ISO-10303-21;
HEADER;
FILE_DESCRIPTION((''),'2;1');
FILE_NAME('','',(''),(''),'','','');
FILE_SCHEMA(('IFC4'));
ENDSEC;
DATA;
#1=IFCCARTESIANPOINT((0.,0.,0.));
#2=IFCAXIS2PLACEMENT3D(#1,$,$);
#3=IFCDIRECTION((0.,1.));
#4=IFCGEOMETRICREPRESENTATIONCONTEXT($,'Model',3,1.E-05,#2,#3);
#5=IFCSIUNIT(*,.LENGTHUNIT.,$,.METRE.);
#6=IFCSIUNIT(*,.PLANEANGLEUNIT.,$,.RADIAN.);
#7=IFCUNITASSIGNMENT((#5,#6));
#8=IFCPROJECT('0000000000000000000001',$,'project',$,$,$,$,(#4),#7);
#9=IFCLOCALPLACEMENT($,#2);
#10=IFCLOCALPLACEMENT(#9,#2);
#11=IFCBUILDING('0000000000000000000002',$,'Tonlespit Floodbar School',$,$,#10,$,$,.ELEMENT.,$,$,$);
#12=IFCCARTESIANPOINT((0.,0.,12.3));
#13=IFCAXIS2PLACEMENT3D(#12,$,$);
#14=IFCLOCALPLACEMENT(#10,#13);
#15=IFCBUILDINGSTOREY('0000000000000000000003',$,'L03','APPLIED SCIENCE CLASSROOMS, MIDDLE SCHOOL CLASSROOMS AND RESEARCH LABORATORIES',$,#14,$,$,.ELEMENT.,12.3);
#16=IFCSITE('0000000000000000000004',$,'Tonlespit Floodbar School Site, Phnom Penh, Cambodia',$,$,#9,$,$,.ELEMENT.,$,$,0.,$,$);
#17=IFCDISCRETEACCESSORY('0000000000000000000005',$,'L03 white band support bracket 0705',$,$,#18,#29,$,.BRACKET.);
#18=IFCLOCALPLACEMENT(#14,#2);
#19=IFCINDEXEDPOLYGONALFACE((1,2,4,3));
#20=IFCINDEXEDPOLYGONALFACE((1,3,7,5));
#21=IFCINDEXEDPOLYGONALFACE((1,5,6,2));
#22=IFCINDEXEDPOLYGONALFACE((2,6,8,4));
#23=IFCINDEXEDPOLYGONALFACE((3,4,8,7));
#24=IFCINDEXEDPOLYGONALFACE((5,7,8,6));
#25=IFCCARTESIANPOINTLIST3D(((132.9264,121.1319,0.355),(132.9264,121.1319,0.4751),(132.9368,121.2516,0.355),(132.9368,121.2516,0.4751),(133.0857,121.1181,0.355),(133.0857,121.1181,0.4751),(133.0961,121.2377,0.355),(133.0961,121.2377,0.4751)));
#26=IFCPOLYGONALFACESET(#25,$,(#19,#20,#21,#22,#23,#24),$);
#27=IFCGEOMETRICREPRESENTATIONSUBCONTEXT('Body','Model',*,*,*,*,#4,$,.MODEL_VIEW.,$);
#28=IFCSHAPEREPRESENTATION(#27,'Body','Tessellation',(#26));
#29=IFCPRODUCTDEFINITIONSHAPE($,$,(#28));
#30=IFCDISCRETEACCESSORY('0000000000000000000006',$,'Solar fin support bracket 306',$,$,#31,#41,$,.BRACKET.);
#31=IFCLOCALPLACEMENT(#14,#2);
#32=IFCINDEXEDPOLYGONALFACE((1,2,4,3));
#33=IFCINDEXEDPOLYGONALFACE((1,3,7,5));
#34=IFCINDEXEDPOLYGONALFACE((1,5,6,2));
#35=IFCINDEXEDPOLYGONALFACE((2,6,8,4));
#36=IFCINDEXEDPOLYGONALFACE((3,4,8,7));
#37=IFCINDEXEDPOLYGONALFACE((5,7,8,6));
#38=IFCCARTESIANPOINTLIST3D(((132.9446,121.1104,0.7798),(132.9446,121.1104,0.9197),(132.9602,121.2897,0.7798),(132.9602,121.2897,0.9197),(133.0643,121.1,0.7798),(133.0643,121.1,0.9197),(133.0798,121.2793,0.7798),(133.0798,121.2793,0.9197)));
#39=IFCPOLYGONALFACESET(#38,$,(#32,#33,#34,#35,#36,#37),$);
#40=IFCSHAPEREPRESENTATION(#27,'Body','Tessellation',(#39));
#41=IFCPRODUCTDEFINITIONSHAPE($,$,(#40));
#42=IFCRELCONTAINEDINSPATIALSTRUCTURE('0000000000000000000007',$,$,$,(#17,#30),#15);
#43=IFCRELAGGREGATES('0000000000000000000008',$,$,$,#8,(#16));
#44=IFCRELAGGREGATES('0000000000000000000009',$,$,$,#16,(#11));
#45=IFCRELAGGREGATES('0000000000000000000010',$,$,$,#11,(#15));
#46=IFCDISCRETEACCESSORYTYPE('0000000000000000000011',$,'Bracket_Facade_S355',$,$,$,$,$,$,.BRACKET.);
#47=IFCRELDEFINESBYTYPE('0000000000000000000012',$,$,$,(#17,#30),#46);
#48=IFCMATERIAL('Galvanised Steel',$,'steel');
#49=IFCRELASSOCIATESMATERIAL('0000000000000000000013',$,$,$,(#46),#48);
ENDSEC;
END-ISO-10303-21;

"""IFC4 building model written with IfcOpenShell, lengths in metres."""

from ifc_helpers import new_model, si_unit, direction, frame, origin, origin_2d, place, context, subcontext, project, spatial, rectangle, extrude, material, type_object, element, save


model = new_model("IFC4")

# Units and contexts
model_context = context("Model", 3, precision=1e-05, world=origin(), true_north=direction((0.0, 1.0)))
body_context = subcontext(model_context, "Body", "Model", "MODEL_VIEW")
ifc_project = project(units=[si_unit("LENGTHUNIT", "METRE"), si_unit("PLANEANGLEUNIT", "RADIAN")], contexts=[model_context])

# Site, building, storey
site_placement = place(None, origin())
site = spatial("IfcSite", under=ifc_project, at=site_placement, Name="Tonlespit Floodbar School Site, Phnom Penh, Cambodia", CompositionType="ELEMENT", RefElevation=0.0)
building_placement = place(site_placement, origin())
building = spatial("IfcBuilding", under=site, at=building_placement, Name="Tonlespit Floodbar School", CompositionType="ELEMENT")
storey_placement = place(building_placement, frame((0.0, 0.0, 12.3)))
storey = spatial("IfcBuildingStorey", under=building, at=storey_placement, Name="L03", Description="APPLIED SCIENCE CLASSROOMS, MIDDLE SCHOOL CLASSROOMS AND RESEARCH LABORATORIES", CompositionType="ELEMENT", Elevation=12.3)

# Discrete accessories
ifc_material_1 = material(Name="Galvanised Steel", Category="steel")
discrete_accessory_type = type_object("IfcDiscreteAccessoryType", Name="Bracket_Facade_S355", PredefinedType="BRACKET", material=ifc_material_1)
discrete_accessory_1_placement = place(storey_placement, frame((133.0112, 121.1848, 0.355), z_axis=(0.0, 0.0, 1.0), x_axis=(0.996245, -0.086573, 0.0)))
element("IfcDiscreteAccessory", 1, at=discrete_accessory_1_placement, inside=storey, type_object=discrete_accessory_type, Name="L03 white band support bracket 0705", PredefinedType="BRACKET", context=body_context, shape_type="SweptSolid", body=[
    extrude(rectangle(XDim=0.1599, YDim=0.1201, at=origin_2d()), origin(), (0.0, 0.0, 1.0), 0.1201),
])
discrete_accessory_2_placement = place(storey_placement, frame((133.0122, 121.1948, 0.7798), z_axis=(0.0, 0.0, 1.0), x_axis=(0.996245, -0.086573, 0.0)))
element("IfcDiscreteAccessory", 2, at=discrete_accessory_2_placement, inside=storey, type_object=discrete_accessory_type, Name="Solar fin support bracket 306", PredefinedType="BRACKET", context=body_context, shape_type="SweptSolid", body=[
    extrude(rectangle(XDim=0.1201, YDim=0.1799, at=origin_2d()), origin(), (0.0, 0.0, 1.0), 0.1399),
])

save(model, "model.ifc")
